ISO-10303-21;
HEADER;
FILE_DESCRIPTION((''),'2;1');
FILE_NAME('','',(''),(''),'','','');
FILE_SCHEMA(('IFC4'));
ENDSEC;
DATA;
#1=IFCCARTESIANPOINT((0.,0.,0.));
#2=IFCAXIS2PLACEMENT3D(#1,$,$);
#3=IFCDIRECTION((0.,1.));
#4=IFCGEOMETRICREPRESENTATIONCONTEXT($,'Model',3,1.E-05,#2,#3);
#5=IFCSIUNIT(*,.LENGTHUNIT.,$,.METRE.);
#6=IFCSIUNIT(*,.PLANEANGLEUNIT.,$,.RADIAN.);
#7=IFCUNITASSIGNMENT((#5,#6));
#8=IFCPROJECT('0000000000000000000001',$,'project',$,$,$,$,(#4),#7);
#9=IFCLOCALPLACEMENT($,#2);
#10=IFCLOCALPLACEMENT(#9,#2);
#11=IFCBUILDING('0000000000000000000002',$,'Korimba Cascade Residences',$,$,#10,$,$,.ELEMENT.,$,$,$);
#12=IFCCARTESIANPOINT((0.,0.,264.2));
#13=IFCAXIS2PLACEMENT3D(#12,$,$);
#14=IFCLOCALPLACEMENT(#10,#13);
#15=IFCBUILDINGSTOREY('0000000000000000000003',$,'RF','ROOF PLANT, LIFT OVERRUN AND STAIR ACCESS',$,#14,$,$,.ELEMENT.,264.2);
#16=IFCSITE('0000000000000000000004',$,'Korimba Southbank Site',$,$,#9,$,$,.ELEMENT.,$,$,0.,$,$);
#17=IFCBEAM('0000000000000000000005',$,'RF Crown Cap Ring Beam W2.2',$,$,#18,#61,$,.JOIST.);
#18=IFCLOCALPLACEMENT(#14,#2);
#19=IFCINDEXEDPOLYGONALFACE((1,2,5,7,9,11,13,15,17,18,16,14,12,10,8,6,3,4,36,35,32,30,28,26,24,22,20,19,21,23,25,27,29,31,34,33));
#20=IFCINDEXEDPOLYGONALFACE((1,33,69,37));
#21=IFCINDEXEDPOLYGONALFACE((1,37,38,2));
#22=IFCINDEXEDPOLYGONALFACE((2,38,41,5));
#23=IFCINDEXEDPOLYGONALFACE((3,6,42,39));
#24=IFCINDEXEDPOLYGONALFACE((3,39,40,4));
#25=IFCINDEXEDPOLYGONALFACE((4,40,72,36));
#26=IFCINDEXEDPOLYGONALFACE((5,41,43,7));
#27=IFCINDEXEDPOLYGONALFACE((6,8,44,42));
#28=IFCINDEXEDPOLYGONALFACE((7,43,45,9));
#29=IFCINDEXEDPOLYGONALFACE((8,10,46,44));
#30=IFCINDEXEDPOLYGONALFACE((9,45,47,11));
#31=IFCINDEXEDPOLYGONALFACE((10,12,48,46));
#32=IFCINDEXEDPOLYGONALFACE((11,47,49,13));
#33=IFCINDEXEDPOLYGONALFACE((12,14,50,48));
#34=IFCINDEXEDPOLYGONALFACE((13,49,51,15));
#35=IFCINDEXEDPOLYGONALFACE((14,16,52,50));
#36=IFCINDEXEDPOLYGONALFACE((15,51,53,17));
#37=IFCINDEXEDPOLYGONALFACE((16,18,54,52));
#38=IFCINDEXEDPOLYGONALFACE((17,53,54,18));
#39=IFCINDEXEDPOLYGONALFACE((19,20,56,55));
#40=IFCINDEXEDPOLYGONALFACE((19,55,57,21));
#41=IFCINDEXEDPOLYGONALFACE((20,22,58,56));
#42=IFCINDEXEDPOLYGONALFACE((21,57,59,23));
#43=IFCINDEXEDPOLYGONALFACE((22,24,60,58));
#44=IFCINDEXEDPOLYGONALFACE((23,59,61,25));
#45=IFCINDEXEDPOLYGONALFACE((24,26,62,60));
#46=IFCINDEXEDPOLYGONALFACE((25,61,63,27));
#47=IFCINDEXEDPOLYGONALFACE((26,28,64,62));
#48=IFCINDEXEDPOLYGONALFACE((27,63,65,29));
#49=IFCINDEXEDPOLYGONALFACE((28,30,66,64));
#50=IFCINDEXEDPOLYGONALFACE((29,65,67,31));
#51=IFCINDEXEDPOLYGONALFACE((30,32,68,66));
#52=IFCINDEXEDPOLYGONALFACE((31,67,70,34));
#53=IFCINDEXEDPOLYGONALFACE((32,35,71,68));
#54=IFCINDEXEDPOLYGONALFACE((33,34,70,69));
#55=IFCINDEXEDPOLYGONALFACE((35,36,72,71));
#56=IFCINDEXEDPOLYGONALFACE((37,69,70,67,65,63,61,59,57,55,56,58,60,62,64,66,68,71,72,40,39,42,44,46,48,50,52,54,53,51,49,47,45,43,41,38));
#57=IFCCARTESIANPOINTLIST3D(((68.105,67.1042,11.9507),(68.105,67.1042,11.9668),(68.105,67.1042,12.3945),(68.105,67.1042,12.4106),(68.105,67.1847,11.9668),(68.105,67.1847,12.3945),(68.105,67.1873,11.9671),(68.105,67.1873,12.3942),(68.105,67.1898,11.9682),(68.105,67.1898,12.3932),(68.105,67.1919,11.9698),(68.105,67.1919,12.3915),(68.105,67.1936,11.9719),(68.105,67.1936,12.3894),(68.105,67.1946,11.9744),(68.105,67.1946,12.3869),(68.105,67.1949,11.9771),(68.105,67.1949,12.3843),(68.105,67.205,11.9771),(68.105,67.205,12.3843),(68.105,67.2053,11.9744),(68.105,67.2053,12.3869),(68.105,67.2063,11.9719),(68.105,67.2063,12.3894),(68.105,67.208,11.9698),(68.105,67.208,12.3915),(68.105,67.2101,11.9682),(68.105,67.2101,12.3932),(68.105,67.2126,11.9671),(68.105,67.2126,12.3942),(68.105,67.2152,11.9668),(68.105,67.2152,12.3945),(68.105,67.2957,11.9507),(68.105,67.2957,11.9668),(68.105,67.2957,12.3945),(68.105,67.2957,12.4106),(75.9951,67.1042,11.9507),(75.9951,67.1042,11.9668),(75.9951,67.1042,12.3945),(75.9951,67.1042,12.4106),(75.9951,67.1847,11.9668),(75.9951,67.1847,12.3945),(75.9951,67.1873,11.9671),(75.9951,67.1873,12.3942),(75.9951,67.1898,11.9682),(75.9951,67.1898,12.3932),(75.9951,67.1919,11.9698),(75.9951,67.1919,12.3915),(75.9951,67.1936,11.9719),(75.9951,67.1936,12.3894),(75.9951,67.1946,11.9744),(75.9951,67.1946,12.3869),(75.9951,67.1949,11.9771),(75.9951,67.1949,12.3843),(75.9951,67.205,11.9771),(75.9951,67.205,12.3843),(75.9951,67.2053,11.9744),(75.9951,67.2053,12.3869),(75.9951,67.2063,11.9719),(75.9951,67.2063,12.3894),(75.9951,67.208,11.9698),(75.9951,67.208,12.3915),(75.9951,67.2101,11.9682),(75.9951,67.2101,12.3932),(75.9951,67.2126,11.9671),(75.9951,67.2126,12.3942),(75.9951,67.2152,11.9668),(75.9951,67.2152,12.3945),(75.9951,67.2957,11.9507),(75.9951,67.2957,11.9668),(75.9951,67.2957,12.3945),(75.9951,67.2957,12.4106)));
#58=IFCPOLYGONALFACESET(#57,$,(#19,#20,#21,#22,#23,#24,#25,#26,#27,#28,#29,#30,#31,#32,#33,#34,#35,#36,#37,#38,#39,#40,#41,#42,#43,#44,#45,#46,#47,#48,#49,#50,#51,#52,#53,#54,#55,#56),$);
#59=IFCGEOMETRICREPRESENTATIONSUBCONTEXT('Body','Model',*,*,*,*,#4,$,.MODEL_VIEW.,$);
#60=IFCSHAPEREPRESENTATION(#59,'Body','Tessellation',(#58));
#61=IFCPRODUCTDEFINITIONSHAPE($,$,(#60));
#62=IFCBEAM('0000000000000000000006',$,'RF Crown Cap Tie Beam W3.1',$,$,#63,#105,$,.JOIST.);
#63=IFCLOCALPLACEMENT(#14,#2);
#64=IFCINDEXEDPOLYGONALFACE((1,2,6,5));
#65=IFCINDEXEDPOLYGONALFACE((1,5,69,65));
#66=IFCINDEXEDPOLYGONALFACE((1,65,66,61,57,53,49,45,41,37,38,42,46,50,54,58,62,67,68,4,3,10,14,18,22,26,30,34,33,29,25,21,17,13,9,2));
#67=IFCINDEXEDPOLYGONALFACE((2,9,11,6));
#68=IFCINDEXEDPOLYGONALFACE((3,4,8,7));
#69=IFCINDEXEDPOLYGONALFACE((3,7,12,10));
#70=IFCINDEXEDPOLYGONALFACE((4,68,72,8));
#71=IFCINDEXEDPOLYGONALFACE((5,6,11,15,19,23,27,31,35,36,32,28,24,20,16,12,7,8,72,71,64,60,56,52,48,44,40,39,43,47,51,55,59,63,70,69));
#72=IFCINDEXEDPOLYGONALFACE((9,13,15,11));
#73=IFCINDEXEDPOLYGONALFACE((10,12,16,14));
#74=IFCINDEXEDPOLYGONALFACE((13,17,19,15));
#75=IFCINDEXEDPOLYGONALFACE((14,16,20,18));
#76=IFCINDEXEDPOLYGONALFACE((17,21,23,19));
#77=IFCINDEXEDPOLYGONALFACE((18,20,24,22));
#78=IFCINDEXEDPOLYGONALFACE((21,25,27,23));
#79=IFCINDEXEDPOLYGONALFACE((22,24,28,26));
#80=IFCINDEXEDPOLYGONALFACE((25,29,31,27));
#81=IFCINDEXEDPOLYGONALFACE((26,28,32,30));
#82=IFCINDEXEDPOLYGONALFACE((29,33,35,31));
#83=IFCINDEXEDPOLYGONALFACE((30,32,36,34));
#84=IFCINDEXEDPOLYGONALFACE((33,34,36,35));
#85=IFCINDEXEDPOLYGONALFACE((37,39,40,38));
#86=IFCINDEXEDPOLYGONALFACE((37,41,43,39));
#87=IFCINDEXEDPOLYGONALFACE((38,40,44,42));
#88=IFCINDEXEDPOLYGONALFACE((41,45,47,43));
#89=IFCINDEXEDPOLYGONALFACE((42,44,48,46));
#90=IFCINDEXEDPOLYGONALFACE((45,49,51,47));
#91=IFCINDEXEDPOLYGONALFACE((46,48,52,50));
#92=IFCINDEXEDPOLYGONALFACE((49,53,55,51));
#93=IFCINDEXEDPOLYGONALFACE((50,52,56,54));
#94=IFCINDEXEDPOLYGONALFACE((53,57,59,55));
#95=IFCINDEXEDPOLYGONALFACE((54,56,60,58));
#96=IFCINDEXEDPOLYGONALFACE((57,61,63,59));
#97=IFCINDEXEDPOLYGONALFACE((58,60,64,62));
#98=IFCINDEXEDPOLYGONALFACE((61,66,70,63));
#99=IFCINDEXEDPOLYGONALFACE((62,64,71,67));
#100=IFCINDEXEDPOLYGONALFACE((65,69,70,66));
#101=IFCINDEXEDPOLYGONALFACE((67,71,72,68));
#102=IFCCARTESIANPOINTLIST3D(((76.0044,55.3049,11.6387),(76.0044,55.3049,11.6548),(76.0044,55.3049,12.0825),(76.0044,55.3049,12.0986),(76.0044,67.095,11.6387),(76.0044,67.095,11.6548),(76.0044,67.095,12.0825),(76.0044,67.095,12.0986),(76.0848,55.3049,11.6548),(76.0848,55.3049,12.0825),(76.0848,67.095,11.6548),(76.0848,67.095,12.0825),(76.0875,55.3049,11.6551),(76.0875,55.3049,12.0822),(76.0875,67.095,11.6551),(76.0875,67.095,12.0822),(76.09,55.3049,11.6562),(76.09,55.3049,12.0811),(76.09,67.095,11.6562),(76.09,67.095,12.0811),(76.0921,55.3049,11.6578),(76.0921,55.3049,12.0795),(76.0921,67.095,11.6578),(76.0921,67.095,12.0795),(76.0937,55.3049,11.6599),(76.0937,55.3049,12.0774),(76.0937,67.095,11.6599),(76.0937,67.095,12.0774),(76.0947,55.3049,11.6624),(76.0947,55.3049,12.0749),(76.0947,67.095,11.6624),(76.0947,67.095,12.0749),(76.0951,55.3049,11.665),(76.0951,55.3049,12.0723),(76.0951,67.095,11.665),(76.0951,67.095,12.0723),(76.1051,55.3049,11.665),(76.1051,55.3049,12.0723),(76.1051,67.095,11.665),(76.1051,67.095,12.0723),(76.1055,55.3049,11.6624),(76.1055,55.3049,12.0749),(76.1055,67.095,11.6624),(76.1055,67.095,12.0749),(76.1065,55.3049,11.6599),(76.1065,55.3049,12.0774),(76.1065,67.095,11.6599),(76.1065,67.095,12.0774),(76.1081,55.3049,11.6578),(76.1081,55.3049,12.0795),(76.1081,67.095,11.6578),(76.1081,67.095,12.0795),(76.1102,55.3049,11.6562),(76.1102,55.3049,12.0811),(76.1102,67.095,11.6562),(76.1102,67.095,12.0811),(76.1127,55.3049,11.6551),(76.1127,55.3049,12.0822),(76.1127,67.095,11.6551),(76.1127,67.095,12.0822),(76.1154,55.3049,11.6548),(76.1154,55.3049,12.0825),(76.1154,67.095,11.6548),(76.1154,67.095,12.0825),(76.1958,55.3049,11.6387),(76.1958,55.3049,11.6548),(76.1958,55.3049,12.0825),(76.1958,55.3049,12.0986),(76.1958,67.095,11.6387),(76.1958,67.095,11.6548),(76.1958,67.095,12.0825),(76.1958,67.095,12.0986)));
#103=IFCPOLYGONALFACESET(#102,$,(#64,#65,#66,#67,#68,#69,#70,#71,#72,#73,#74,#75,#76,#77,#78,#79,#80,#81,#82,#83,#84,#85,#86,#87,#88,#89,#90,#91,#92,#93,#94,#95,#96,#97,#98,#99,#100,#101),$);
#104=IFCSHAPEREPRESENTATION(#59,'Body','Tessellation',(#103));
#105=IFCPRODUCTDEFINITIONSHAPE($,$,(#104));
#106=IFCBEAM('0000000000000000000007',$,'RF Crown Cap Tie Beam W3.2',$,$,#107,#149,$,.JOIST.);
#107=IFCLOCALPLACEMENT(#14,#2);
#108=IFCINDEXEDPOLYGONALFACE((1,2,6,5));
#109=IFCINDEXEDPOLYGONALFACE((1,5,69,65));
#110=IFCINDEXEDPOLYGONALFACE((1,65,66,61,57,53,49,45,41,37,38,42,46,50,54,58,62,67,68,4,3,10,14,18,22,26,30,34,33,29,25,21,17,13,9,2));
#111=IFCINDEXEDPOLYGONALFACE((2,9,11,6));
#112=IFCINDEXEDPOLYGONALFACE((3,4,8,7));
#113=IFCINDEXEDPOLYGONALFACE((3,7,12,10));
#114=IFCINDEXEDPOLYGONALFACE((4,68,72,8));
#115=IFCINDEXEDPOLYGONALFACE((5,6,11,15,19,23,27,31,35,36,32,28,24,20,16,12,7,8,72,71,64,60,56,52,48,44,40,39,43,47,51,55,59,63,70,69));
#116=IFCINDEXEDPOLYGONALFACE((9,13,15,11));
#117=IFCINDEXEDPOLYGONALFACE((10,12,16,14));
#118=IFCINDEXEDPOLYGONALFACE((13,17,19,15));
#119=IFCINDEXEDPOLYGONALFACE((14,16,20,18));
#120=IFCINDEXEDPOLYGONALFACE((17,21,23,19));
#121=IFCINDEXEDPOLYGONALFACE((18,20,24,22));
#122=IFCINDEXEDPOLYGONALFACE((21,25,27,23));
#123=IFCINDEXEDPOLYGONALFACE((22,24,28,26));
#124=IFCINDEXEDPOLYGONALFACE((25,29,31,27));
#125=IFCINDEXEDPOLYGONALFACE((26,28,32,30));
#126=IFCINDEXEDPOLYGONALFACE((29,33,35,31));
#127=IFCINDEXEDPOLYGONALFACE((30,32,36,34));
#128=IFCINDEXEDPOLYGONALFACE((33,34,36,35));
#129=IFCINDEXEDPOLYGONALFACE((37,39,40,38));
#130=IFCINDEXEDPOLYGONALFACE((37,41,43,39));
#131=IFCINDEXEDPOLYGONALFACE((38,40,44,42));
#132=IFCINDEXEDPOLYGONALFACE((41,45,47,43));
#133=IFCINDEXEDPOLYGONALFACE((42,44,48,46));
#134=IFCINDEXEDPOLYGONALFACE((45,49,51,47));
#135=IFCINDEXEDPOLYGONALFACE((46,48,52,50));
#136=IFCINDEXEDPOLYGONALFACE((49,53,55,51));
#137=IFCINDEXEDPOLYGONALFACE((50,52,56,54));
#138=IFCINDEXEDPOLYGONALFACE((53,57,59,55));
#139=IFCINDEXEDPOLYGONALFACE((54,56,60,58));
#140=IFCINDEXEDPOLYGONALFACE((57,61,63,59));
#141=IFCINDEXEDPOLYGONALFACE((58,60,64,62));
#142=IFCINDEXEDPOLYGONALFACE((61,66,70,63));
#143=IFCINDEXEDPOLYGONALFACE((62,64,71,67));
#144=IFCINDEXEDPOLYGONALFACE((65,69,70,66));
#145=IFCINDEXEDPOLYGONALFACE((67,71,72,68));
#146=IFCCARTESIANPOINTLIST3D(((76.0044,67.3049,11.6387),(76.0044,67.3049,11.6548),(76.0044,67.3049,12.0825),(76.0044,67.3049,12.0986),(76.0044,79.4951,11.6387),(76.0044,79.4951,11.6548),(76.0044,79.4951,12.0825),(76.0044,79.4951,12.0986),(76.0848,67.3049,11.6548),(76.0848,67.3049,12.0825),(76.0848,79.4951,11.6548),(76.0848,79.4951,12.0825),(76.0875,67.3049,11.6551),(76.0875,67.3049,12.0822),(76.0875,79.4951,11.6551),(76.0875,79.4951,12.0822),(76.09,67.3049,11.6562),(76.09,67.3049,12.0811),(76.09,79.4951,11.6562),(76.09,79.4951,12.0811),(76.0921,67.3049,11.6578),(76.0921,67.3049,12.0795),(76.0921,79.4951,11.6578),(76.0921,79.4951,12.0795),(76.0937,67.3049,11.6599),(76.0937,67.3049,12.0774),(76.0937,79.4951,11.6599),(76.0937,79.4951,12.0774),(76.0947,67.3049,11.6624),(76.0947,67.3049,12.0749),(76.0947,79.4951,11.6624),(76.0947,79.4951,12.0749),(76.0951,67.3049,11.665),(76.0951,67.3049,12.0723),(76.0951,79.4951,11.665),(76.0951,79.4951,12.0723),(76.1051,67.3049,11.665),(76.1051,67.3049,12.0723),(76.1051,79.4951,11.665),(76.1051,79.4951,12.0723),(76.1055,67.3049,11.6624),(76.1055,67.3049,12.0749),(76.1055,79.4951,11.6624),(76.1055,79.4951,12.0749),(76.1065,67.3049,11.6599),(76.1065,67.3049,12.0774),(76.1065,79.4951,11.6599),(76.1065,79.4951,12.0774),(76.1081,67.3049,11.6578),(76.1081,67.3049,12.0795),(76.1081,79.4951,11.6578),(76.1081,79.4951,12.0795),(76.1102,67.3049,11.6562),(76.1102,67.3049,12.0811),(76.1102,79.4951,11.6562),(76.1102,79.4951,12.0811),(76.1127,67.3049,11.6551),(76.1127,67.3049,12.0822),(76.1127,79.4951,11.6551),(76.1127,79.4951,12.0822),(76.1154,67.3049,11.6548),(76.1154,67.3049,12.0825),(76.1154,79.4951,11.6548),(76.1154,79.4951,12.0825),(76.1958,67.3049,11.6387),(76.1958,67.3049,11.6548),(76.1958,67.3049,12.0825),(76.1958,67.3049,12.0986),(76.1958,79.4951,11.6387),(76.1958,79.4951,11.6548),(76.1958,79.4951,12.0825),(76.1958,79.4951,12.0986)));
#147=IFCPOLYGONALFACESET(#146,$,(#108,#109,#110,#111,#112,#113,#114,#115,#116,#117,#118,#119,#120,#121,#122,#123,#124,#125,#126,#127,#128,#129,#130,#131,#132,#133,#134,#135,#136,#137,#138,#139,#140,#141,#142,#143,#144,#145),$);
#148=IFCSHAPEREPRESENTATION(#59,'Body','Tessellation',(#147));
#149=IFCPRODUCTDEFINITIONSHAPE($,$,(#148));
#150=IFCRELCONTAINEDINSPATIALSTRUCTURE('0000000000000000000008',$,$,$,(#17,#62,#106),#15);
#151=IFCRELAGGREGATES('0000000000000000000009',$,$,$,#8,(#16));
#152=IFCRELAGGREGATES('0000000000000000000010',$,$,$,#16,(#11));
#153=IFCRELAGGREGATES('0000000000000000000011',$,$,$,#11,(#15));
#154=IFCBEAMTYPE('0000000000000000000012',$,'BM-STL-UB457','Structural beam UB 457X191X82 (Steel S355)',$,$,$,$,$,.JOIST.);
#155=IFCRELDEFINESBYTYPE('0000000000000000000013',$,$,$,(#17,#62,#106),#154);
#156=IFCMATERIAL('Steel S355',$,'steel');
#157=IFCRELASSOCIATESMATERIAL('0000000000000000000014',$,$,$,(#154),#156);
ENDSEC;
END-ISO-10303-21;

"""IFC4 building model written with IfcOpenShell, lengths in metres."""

from ifc_helpers import new_model, si_unit, direction, frame, origin, origin_2d, place, context, subcontext, project, spatial, i_section, extrude, material, material_profile, profile_set, type_object, element, save


model = new_model("IFC4")

# Units and contexts
model_context = context("Model", 3, precision=1e-05, world=origin(), true_north=direction((0.0, 1.0)))
body_context = subcontext(model_context, "Body", "Model", "MODEL_VIEW")
ifc_project = project(units=[si_unit("LENGTHUNIT", "METRE"), si_unit("PLANEANGLEUNIT", "RADIAN")], contexts=[model_context])

# Site, building, storey
site_placement = place(None, origin())
site = spatial("IfcSite", under=ifc_project, at=site_placement, Name="Korimba Southbank Site", CompositionType="ELEMENT", RefElevation=0.0)
building_placement = place(site_placement, origin())
building = spatial("IfcBuilding", under=site, at=building_placement, Name="Korimba Cascade Residences", CompositionType="ELEMENT")
storey_placement = place(building_placement, frame((0.0, 0.0, 264.2)))
storey = spatial("IfcBuildingStorey", under=building, at=storey_placement, Name="RF", Description="ROOF PLANT, LIFT OVERRUN AND STAIR ACCESS", CompositionType="ELEMENT", Elevation=264.2)

# Shared definitions
ifc_material_1 = material(Name="Steel S355", Category="steel")

# Beams
ifc_material_profile_1 = material_profile(ifc_material_1, i_section(OverallWidth=0.1914, OverallDepth=0.46, WebThickness=0.01, FlangeThickness=0.0161, FilletRadius=0.0103, at=origin_2d()), Name="Steel S355")
ifc_profile_set_1 = profile_set([ifc_material_profile_1], Name="Steel S355")
beam_type_1 = type_object("IfcBeamType", Name="BM-STL-UB457", Description="Structural beam UB 457X191X82 (Steel S355)", PredefinedType="JOIST", material=ifc_profile_set_1)
beam_1_placement = place(storey_placement, frame((68.105, 67.2, 12.1807), z_axis=(1.0, 0.0, 0.0), x_axis=(0.0, 1.0, 0.0)))
element("IfcBeam", 1, at=beam_1_placement, inside=storey, type_object=beam_type_1, Name="RF Crown Cap Ring Beam W2.2", PredefinedType="JOIST", context=body_context, shape_type="SweptSolid", body=[
    extrude(i_section(OverallWidth=0.1914, OverallDepth=0.46, WebThickness=0.01, FlangeThickness=0.0161, FilletRadius=0.0103, at=origin_2d()), origin(), (0.0, 0.0, 1.0), 7.8901),
])
beam_2_placement = place(storey_placement, frame((76.1001, 55.3049, 11.8687), z_axis=(0.0, 1.0, 0.0), x_axis=(-1.0, 0.0, 0.0)))
element("IfcBeam", 2, at=beam_2_placement, inside=storey, type_object=beam_type_1, Name="RF Crown Cap Tie Beam W3.1", PredefinedType="JOIST", context=body_context, shape_type="SweptSolid", body=[
    extrude(i_section(OverallWidth=0.1914, OverallDepth=0.46, WebThickness=0.01, FlangeThickness=0.0161, FilletRadius=0.0103, at=origin_2d()), origin(), (0.0, 0.0, 1.0), 11.79),
])
beam_3_placement = place(storey_placement, frame((76.1001, 67.3049, 11.8687), z_axis=(0.0, 1.0, 0.0), x_axis=(-1.0, 0.0, 0.0)))
element("IfcBeam", 3, at=beam_3_placement, inside=storey, type_object=beam_type_1, Name="RF Crown Cap Tie Beam W3.2", PredefinedType="JOIST", context=body_context, shape_type="SweptSolid", body=[
    extrude(i_section(OverallWidth=0.1914, OverallDepth=0.46, WebThickness=0.01, FlangeThickness=0.0161, FilletRadius=0.0103, at=origin_2d()), origin(), (0.0, 0.0, 1.0), 12.1902),
])

save(model, "model.ifc")
